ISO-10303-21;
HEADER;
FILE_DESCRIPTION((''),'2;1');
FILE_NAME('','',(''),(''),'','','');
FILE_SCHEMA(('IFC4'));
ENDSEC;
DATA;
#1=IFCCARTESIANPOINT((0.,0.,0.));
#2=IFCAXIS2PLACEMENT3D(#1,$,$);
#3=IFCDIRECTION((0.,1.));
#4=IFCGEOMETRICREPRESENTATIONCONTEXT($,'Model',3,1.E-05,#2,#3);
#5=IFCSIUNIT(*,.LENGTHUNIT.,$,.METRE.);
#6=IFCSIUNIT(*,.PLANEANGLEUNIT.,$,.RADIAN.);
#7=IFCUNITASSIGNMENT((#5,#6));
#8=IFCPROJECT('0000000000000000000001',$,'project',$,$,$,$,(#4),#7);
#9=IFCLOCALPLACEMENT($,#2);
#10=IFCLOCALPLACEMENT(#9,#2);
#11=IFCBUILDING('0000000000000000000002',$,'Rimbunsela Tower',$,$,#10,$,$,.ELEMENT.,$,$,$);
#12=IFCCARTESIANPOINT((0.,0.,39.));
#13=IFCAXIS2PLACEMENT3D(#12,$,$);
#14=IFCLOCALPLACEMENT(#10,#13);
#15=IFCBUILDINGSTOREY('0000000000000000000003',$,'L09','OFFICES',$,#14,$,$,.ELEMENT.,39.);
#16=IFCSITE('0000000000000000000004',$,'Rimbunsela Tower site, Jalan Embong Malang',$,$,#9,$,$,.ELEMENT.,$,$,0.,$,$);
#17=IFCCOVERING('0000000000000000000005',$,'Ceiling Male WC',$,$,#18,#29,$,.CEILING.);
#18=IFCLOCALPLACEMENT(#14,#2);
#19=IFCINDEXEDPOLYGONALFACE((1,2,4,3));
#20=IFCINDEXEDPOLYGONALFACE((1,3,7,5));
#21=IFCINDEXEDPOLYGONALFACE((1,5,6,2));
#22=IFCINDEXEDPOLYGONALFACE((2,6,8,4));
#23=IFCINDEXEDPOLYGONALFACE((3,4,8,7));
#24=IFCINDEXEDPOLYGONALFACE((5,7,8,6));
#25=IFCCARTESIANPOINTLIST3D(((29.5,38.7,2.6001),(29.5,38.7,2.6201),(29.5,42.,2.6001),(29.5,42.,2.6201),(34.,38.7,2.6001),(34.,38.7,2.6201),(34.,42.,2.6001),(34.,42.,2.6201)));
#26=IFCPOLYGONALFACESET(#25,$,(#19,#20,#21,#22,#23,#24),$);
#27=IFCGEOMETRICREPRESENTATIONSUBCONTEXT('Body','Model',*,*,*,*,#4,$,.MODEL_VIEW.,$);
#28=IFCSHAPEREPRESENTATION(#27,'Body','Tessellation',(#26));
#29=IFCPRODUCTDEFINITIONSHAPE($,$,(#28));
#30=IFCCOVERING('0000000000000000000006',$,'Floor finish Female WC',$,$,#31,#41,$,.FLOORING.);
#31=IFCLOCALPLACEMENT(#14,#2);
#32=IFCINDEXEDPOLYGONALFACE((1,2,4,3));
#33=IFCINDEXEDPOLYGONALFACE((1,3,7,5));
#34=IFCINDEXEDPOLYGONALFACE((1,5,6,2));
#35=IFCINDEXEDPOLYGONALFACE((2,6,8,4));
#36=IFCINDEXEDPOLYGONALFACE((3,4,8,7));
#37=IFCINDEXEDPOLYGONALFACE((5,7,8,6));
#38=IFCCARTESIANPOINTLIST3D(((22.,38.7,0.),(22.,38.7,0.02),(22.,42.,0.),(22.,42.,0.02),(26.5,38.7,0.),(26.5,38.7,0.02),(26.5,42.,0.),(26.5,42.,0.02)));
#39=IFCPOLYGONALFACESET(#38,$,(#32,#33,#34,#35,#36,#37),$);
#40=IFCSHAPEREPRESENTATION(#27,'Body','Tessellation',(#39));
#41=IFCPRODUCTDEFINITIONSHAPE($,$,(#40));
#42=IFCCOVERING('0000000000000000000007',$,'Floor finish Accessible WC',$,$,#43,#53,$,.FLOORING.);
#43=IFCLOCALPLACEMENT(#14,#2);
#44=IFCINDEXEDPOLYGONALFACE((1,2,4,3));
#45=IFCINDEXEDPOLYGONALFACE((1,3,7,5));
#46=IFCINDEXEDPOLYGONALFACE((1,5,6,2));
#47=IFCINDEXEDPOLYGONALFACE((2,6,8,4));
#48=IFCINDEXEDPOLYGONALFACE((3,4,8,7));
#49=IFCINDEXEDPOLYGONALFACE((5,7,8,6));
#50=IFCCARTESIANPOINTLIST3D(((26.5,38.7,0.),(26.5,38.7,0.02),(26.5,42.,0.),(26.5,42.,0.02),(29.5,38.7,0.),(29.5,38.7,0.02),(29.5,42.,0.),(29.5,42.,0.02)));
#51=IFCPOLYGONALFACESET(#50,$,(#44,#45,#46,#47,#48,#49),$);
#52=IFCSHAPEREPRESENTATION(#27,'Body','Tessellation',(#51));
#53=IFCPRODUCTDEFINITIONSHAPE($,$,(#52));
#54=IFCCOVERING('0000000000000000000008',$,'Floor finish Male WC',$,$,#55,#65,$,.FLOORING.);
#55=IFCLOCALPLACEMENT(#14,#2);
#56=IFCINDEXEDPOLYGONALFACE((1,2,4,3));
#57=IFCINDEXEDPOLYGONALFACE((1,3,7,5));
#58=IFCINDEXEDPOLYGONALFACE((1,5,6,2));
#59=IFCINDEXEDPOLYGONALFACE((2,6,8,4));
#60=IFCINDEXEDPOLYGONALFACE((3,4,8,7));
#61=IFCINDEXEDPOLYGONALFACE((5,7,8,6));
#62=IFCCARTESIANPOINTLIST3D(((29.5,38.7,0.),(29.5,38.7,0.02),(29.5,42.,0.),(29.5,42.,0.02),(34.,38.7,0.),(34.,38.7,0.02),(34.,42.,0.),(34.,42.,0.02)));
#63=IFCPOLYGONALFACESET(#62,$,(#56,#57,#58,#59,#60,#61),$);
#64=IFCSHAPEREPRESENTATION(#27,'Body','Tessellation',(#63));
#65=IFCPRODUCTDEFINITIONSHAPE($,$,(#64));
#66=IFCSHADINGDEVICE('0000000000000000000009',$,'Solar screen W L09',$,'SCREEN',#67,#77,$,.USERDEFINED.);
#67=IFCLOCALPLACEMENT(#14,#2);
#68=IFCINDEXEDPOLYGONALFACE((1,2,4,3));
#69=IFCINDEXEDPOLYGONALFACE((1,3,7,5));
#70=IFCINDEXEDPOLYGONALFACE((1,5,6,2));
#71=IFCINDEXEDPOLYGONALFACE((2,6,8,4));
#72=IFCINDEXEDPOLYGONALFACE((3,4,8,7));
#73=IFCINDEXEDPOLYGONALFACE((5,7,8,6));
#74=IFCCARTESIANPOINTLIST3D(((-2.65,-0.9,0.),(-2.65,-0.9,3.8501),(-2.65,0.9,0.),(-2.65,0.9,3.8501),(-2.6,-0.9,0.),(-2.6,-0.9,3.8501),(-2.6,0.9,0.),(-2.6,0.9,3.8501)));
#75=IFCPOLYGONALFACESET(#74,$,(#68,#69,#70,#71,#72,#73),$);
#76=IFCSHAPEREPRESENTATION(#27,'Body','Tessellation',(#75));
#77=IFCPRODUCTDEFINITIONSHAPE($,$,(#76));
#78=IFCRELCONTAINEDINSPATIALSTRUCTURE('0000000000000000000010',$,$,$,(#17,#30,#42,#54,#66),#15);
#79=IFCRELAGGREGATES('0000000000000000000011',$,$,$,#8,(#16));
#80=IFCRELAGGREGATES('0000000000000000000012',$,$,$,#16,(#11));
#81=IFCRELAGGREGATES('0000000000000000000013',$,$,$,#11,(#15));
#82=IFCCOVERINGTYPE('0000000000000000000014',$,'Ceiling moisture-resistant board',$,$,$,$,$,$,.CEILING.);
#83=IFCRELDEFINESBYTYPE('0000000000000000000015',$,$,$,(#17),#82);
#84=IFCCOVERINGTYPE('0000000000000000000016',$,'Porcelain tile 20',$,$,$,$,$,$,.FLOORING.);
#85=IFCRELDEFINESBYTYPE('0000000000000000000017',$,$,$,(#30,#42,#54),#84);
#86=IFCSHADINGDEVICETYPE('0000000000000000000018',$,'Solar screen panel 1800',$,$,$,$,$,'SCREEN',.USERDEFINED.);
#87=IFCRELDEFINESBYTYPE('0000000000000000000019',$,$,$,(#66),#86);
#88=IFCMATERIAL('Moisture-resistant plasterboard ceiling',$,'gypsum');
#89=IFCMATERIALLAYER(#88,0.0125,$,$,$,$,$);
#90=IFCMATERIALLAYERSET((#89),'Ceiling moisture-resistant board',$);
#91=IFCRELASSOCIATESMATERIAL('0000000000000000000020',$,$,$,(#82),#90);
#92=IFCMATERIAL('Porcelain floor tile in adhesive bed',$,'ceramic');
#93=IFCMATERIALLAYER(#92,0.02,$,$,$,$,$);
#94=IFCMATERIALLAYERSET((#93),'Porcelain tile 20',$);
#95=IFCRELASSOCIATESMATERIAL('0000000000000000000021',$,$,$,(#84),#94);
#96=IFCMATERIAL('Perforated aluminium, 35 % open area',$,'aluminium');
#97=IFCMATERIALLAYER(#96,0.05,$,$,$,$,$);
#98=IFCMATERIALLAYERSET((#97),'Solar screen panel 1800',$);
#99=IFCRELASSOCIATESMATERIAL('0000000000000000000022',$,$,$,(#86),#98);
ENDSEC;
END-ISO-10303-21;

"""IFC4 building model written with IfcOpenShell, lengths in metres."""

from ifc_helpers import new_model, si_unit, direction, frame, origin, origin_2d, place, context, subcontext, project, spatial, polyline, rectangle, outline, extrude, material, layer, layer_set, type_object, element, save


model = new_model("IFC4")

# Units and contexts
model_context = context("Model", 3, precision=1e-05, world=origin(), true_north=direction((0.0, 1.0)))
body_context = subcontext(model_context, "Body", "Model", "MODEL_VIEW")
ifc_project = project(units=[si_unit("LENGTHUNIT", "METRE"), si_unit("PLANEANGLEUNIT", "RADIAN")], contexts=[model_context])

# Site, building, storey
site_placement = place(None, origin())
site = spatial("IfcSite", under=ifc_project, at=site_placement, Name="Rimbunsela Tower site, Jalan Embong Malang", CompositionType="ELEMENT", RefElevation=0.0)
building_placement = place(site_placement, origin())
building = spatial("IfcBuilding", under=site, at=building_placement, Name="Rimbunsela Tower", CompositionType="ELEMENT")
storey_placement = place(building_placement, frame((0.0, 0.0, 39.0)))
storey = spatial("IfcBuildingStorey", under=building, at=storey_placement, Name="L09", Description="OFFICES", CompositionType="ELEMENT", Elevation=39.0)

# Coverings
ifc_material_1 = material(Name="Moisture-resistant plasterboard ceiling", Category="gypsum")
ifc_layer_1 = layer(ifc_material_1, 0.0125)
ifc_layer_set_1 = layer_set([ifc_layer_1], Name="Ceiling moisture-resistant board")
covering_type_1 = type_object("IfcCoveringType", Name="Ceiling moisture-resistant board", PredefinedType="CEILING", material=ifc_layer_set_1)
covering_1_placement = place(storey_placement, frame((0.0, 0.0, 2.6001)))
element("IfcCovering", 1, at=covering_1_placement, inside=storey, type_object=covering_type_1, Name="Ceiling Male WC", PredefinedType="CEILING", context=body_context, shape_type="SweptSolid", body=[
    extrude(outline(polyline([(34.0, 38.7), (34.0, 42.0), (29.5, 42.0), (29.5, 38.7), (34.0, 38.7)])), origin(), (0.0, 0.0, 1.0), 0.02),
])
ifc_material_2 = material(Name="Porcelain floor tile in adhesive bed", Category="ceramic")
ifc_layer_2 = layer(ifc_material_2, 0.02)
ifc_layer_set_2 = layer_set([ifc_layer_2], Name="Porcelain tile 20")
covering_type_2 = type_object("IfcCoveringType", Name="Porcelain tile 20", PredefinedType="FLOORING", material=ifc_layer_set_2)
covering_2_placement = place(storey_placement, origin())
element("IfcCovering", 2, at=covering_2_placement, inside=storey, type_object=covering_type_2, Name="Floor finish Female WC", PredefinedType="FLOORING", context=body_context, shape_type="SweptSolid", body=[
    extrude(outline(polyline([(26.5, 38.7), (26.5, 42.0), (22.0, 42.0), (22.0, 38.7), (26.5, 38.7)])), origin(), (0.0, 0.0, 1.0), 0.02),
])
covering_3_placement = place(storey_placement, origin())
element("IfcCovering", 3, at=covering_3_placement, inside=storey, type_object=covering_type_2, Name="Floor finish Accessible WC", PredefinedType="FLOORING", context=body_context, shape_type="SweptSolid", body=[
    extrude(outline(polyline([(29.5, 38.7), (29.5, 42.0), (26.5, 42.0), (26.5, 38.7), (29.5, 38.7)])), origin(), (0.0, 0.0, 1.0), 0.02),
])
covering_4_placement = place(storey_placement, origin())
element("IfcCovering", 4, at=covering_4_placement, inside=storey, type_object=covering_type_2, Name="Floor finish Male WC", PredefinedType="FLOORING", context=body_context, shape_type="SweptSolid", body=[
    extrude(outline(polyline([(34.0, 38.7), (34.0, 42.0), (29.5, 42.0), (29.5, 38.7), (34.0, 38.7)])), origin(), (0.0, 0.0, 1.0), 0.02),
])

# Shading device
ifc_material_3 = material(Name="Perforated aluminium, 35 % open area", Category="aluminium")
ifc_layer_3 = layer(ifc_material_3, 0.05)
ifc_layer_set_3 = layer_set([ifc_layer_3], Name="Solar screen panel 1800")
shading_device_type = type_object("IfcShadingDeviceType", Name="Solar screen panel 1800", ElementType="SCREEN", PredefinedType="USERDEFINED", material=ifc_layer_set_3)
shading_device_placement = place(storey_placement, frame((-2.625, 0.0, 0.0), z_axis=(0.0, 0.0, 1.0), x_axis=(0.0, 1.0, 0.0)))
element("IfcShadingDevice", 5, at=shading_device_placement, inside=storey, type_object=shading_device_type, Name="Solar screen W L09", ObjectType="SCREEN", PredefinedType="USERDEFINED", context=body_context, shape_type="SweptSolid", body=[
    extrude(rectangle(XDim=1.8, YDim=0.05, at=origin_2d()), origin(), (0.0, 0.0, 1.0), 3.8501),
])

save(model, "model.ifc")
